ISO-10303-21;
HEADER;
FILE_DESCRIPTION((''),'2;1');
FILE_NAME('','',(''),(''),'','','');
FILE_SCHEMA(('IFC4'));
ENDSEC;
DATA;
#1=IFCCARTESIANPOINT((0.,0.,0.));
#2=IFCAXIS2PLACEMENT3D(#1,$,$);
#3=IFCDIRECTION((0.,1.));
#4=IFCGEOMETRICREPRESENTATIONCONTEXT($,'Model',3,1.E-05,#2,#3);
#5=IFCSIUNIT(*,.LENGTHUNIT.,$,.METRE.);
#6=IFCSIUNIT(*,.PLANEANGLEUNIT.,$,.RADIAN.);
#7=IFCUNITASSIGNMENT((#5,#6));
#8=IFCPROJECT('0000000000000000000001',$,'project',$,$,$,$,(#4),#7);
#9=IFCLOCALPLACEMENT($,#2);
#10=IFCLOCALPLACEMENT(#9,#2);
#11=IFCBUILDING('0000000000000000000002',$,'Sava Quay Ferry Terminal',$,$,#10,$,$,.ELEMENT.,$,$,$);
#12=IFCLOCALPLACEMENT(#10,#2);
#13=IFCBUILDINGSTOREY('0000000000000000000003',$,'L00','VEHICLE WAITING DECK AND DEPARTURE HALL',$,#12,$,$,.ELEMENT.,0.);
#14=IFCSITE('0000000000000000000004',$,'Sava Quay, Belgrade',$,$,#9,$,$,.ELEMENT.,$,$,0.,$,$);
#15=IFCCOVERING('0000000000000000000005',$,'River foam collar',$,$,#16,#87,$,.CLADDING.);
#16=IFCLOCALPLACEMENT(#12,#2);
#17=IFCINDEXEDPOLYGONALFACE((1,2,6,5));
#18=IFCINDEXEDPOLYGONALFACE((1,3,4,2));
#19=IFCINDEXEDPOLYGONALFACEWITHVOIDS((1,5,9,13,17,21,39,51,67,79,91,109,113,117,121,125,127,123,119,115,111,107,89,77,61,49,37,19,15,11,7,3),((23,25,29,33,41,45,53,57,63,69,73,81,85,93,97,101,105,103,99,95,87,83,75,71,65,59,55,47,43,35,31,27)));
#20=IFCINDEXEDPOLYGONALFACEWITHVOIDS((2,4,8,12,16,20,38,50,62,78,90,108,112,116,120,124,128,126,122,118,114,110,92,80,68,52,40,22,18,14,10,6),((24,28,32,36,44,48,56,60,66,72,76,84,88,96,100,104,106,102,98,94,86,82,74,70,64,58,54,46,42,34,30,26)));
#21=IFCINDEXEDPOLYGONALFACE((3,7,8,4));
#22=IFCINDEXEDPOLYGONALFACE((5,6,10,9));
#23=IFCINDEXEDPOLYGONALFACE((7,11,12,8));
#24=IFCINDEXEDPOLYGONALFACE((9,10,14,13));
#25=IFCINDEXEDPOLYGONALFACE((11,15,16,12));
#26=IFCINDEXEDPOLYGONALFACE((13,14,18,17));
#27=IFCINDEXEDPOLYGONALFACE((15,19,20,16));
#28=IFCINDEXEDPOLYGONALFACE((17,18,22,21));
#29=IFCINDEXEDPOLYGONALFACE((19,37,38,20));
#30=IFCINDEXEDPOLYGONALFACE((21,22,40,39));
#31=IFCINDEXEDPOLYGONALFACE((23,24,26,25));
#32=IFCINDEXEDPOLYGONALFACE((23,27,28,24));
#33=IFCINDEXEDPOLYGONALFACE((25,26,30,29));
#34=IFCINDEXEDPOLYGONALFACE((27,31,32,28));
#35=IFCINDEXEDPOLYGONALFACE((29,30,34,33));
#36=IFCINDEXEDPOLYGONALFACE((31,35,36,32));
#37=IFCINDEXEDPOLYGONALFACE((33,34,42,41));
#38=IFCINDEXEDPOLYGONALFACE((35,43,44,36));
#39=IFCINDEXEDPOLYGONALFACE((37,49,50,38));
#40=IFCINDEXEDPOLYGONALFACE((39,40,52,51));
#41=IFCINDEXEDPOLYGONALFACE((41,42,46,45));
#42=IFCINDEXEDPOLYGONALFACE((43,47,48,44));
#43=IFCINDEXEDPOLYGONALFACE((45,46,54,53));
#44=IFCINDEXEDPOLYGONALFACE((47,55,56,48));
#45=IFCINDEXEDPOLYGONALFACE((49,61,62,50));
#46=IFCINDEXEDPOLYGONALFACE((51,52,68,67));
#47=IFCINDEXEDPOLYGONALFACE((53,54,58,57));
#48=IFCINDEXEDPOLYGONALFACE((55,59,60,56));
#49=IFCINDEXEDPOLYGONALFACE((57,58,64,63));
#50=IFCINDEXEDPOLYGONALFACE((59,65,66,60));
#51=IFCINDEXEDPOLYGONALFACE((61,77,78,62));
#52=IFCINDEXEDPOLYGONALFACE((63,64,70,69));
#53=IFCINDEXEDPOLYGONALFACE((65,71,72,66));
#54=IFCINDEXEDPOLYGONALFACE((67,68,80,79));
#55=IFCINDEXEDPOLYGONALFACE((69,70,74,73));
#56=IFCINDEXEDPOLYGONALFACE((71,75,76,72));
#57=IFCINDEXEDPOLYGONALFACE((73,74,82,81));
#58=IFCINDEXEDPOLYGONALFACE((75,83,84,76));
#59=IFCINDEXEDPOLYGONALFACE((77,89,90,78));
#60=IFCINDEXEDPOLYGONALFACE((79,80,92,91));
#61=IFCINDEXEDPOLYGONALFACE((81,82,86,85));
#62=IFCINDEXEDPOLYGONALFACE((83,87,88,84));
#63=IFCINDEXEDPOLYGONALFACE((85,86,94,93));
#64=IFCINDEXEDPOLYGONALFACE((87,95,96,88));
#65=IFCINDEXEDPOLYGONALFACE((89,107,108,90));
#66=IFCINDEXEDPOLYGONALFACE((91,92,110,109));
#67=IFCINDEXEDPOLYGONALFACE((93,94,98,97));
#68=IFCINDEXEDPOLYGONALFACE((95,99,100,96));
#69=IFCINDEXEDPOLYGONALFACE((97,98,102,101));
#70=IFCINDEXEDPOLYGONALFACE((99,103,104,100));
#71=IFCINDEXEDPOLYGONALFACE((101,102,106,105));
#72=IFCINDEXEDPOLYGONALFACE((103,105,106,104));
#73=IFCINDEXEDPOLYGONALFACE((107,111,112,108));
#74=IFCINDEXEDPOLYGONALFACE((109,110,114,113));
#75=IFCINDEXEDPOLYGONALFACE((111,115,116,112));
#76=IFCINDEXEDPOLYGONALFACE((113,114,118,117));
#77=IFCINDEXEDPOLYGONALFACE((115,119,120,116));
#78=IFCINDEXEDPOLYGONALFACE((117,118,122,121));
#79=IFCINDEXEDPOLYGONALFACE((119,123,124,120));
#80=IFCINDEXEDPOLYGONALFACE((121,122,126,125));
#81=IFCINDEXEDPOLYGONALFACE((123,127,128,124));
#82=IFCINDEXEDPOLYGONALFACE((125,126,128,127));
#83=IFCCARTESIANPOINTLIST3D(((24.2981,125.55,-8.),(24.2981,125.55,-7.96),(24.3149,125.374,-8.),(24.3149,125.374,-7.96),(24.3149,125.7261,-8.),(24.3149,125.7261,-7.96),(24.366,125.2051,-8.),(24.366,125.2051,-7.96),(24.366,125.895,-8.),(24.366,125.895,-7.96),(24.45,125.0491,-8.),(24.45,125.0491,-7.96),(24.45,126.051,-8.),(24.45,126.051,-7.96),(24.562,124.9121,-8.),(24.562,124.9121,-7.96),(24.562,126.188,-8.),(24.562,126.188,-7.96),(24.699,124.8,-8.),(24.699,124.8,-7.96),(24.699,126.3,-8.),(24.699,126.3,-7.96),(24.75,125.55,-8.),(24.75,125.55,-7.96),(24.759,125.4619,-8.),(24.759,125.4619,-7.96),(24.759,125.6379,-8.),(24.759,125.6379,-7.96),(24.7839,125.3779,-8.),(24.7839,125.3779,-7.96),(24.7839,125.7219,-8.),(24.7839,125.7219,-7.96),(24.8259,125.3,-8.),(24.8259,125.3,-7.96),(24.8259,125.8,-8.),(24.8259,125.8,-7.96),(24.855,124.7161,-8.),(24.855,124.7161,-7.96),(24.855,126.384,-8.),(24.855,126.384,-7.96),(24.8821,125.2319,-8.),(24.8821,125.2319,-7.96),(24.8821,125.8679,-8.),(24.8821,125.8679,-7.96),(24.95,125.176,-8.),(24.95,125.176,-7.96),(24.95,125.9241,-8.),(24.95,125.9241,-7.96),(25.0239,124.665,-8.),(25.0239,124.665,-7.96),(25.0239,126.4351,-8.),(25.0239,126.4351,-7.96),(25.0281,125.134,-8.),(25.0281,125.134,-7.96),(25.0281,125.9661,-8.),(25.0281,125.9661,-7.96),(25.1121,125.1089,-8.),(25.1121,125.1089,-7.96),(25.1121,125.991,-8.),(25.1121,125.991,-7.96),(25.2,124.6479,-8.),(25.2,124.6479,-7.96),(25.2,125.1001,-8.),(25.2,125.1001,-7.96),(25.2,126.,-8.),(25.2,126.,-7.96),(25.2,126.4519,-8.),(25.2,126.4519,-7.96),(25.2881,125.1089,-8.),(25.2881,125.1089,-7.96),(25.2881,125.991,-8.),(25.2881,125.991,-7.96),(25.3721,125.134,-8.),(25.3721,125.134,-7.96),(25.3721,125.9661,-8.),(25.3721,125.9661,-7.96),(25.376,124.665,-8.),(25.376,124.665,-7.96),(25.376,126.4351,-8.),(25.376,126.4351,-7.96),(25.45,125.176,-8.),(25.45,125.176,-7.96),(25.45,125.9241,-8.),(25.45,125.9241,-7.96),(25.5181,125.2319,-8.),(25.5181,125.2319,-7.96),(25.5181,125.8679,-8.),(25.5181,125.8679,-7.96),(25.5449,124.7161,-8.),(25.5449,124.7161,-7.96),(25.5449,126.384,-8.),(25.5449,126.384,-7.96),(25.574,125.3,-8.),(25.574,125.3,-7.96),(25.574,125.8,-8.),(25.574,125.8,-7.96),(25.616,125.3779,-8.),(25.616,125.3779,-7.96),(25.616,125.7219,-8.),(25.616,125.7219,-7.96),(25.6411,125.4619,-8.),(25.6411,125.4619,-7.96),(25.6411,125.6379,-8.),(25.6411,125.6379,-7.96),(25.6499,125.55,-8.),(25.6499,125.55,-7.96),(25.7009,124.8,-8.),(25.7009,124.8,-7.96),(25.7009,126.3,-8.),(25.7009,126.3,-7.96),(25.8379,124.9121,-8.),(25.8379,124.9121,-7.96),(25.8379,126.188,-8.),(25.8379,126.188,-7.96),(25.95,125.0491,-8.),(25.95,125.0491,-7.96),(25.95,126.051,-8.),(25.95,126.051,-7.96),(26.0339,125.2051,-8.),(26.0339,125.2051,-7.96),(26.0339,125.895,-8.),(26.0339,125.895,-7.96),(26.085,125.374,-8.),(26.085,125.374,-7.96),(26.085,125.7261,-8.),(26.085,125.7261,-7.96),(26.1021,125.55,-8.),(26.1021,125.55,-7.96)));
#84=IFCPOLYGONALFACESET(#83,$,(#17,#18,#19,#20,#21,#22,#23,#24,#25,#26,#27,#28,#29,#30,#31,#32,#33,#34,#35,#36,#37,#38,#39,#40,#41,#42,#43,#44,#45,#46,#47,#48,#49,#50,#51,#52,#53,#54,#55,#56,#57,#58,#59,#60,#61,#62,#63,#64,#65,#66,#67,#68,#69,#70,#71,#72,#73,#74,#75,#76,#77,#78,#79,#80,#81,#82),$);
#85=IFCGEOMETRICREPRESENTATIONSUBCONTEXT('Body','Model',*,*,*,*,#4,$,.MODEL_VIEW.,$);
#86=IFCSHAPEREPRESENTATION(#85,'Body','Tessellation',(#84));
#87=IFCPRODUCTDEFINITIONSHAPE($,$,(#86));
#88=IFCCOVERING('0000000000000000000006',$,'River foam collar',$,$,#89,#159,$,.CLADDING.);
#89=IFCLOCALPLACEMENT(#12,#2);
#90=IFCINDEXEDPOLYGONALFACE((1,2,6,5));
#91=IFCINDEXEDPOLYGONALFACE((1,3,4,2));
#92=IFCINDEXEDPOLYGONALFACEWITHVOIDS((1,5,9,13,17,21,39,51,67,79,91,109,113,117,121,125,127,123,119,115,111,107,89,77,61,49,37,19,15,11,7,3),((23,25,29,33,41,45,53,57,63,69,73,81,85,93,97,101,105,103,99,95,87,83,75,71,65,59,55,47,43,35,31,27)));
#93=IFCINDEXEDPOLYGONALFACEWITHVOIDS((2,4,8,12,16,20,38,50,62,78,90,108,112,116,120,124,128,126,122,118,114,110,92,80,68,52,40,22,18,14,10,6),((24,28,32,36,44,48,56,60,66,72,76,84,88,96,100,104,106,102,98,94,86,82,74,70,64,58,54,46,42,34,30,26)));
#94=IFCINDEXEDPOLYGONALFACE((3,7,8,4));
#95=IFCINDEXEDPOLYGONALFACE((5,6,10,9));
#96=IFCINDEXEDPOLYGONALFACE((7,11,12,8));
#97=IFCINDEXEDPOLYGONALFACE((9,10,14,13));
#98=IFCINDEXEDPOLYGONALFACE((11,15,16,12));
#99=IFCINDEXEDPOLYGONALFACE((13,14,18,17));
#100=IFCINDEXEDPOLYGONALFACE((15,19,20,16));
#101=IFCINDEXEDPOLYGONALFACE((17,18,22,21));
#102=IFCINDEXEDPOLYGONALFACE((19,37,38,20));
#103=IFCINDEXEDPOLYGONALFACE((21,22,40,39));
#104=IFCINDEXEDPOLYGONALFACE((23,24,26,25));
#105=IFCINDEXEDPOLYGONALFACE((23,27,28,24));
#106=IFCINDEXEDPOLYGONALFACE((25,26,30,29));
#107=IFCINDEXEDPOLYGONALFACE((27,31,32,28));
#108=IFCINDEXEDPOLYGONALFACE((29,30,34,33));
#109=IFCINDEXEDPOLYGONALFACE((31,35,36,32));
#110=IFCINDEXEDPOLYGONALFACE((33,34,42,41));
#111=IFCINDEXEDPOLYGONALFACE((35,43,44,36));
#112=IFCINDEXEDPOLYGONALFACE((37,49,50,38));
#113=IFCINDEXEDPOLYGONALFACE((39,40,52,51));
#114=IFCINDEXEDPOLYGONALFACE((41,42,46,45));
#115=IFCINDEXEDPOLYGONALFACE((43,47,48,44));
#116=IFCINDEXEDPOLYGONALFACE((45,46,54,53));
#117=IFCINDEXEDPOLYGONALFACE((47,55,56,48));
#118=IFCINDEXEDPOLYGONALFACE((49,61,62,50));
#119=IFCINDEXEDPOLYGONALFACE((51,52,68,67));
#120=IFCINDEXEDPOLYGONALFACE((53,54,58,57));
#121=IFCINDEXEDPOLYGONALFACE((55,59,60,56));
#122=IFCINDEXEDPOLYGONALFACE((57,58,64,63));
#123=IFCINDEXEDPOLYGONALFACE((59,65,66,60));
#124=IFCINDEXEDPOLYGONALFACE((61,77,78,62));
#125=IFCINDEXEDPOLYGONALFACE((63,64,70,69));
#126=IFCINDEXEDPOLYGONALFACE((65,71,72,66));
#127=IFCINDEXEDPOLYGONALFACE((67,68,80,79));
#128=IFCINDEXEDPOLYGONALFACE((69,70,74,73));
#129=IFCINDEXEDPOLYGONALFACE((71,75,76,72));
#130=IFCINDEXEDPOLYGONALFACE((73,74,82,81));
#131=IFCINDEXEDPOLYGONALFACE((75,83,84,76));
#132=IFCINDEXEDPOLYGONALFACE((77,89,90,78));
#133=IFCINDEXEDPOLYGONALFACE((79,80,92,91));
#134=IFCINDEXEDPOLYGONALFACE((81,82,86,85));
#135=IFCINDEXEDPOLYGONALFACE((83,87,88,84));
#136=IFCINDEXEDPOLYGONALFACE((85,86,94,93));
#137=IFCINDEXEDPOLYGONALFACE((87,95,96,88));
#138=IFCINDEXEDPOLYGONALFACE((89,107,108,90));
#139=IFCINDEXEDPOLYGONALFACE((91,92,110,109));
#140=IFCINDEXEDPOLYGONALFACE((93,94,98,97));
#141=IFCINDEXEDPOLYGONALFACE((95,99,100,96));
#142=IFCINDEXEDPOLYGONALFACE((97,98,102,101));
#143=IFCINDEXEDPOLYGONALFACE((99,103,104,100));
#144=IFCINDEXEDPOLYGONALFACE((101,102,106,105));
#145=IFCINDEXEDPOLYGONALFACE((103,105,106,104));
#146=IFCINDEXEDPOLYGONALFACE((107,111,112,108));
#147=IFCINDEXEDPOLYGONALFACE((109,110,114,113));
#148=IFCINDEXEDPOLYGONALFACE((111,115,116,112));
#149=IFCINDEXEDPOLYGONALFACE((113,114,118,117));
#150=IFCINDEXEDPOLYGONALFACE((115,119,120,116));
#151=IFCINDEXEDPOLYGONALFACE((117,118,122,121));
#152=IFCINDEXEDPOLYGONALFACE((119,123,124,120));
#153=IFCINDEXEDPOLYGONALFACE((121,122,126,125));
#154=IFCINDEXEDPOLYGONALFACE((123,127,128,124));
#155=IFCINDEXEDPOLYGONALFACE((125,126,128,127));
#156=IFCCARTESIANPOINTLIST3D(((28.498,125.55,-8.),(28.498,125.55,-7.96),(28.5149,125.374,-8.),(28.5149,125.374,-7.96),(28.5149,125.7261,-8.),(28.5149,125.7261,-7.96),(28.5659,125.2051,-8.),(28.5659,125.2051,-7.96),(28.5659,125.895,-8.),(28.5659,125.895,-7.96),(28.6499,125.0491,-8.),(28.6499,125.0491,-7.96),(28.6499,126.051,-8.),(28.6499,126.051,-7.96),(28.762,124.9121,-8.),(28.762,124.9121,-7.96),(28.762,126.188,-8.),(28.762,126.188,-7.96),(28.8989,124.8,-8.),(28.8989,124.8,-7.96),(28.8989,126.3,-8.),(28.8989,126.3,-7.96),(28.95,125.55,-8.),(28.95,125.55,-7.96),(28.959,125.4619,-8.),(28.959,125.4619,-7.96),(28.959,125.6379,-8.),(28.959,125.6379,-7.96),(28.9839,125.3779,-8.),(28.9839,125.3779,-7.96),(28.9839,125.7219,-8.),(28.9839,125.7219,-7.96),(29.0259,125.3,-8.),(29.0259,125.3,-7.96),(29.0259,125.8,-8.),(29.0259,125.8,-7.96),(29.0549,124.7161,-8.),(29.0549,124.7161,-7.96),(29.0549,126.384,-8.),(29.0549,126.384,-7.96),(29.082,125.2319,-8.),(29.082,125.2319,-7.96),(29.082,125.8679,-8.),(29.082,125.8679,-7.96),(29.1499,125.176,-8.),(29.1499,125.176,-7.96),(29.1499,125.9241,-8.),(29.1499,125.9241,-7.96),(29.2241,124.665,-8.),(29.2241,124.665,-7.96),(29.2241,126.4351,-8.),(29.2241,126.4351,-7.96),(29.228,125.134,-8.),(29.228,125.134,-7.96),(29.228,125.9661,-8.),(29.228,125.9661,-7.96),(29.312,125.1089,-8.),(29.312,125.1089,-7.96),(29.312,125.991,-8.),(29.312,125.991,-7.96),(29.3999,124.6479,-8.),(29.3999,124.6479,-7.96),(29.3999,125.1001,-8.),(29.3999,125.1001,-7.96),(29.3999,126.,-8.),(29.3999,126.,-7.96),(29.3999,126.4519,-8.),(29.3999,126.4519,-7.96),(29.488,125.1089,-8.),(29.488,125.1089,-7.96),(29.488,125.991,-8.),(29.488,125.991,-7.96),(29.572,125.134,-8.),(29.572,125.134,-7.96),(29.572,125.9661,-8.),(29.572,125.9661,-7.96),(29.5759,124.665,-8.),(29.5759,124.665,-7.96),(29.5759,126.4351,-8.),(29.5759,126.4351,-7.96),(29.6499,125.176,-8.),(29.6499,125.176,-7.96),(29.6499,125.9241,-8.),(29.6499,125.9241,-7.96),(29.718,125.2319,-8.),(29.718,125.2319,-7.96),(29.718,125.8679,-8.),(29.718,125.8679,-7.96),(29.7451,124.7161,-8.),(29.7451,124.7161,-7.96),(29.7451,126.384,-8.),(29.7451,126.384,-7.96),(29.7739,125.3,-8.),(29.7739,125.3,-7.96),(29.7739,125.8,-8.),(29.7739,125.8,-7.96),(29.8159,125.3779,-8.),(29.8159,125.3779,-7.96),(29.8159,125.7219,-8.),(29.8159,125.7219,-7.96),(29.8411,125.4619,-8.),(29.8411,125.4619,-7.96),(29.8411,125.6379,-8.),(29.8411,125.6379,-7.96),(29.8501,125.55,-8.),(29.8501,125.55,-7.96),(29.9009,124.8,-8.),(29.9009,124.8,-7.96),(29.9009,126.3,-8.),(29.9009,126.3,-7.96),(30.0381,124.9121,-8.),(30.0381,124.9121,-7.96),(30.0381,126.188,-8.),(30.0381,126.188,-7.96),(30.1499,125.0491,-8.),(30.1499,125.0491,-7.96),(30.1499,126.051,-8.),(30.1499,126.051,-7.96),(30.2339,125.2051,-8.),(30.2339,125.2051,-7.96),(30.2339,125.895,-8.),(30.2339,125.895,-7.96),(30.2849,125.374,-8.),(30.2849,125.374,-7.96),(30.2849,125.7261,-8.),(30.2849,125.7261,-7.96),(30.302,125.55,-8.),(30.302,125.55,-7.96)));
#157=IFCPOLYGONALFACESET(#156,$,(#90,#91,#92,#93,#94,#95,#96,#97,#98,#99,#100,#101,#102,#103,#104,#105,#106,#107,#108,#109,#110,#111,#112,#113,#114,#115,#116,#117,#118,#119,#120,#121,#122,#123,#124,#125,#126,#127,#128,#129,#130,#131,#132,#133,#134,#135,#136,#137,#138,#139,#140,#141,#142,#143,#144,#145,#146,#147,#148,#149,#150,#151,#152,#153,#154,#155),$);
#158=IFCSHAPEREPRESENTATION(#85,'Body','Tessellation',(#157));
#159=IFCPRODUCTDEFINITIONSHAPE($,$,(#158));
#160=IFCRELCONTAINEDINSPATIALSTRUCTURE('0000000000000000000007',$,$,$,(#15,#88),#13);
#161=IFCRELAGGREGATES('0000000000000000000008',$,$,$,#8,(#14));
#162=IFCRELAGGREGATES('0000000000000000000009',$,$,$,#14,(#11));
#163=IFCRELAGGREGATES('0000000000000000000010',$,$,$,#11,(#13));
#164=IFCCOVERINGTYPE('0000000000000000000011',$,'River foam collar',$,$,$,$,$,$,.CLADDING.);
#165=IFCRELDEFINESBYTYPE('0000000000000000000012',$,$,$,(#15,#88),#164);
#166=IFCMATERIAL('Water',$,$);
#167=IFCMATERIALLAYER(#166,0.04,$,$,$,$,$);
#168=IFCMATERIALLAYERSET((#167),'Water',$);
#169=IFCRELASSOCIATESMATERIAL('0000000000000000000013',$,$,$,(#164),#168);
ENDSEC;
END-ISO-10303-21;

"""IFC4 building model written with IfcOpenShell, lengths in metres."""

from ifc_helpers import new_model, si_unit, direction, frame, origin, place, context, subcontext, project, spatial, polyline, outline, extrude, material, layer, layer_set, type_object, element, save


model = new_model("IFC4")

# Units and contexts
model_context = context("Model", 3, precision=1e-05, world=origin(), true_north=direction((0.0, 1.0)))
body_context = subcontext(model_context, "Body", "Model", "MODEL_VIEW")
ifc_project = project(units=[si_unit("LENGTHUNIT", "METRE"), si_unit("PLANEANGLEUNIT", "RADIAN")], contexts=[model_context])

# Site, building, storey
site_placement = place(None, origin())
site = spatial("IfcSite", under=ifc_project, at=site_placement, Name="Sava Quay, Belgrade", CompositionType="ELEMENT", RefElevation=0.0)
building_placement = place(site_placement, origin())
building = spatial("IfcBuilding", under=site, at=building_placement, Name="Sava Quay Ferry Terminal", CompositionType="ELEMENT")
storey_placement = place(building_placement, origin())
storey = spatial("IfcBuildingStorey", under=building, at=storey_placement, Name="L00", Description="VEHICLE WAITING DECK AND DEPARTURE HALL", CompositionType="ELEMENT", Elevation=0.0)

# Coverings
ifc_material = material(Name="Water")
ifc_layer = layer(ifc_material, 0.04)
ifc_layer_set = layer_set([ifc_layer], Name="Water")
covering_type = type_object("IfcCoveringType", Name="River foam collar", PredefinedType="CLADDING", material=ifc_layer_set)
covering_1_placement = place(storey_placement, frame((0.0, 0.0, -8.0)))
element("IfcCovering", 1, at=covering_1_placement, inside=storey, type_object=covering_type, Name="River foam collar", PredefinedType="CLADDING", context=body_context, shape_type="SweptSolid", body=[
    extrude(outline(polyline([(25.376, 124.665), (25.5449, 124.7161), (25.7009, 124.8), (25.8379, 124.9121), (25.95, 125.0491), (26.0339, 125.2051), (26.085, 125.374), (26.1021, 125.55), (26.085, 125.7261), (26.0339, 125.895), (25.95, 126.051), (25.8379, 126.188), (25.7009, 126.3), (25.5449, 126.384), (25.376, 126.4351), (25.2, 126.4519), (25.0239, 126.4351), (24.855, 126.384), (24.699, 126.3), (24.562, 126.188), (24.45, 126.051), (24.366, 125.895), (24.3149, 125.7261), (24.2981, 125.55), (24.3149, 125.374), (24.366, 125.2051), (24.45, 125.0491), (24.562, 124.9121), (24.699, 124.8), (24.855, 124.7161), (25.0239, 124.665), (25.2, 124.6479), (25.376, 124.665)]), holes=[polyline([(25.2881, 125.991), (25.3721, 125.9661), (25.45, 125.9241), (25.5181, 125.8679), (25.574, 125.8), (25.616, 125.7219), (25.6411, 125.6379), (25.6499, 125.55), (25.6411, 125.4619), (25.616, 125.3779), (25.574, 125.3), (25.5181, 125.2319), (25.45, 125.176), (25.3721, 125.134), (25.2881, 125.1089), (25.2, 125.1001), (25.1121, 125.1089), (25.0281, 125.134), (24.95, 125.176), (24.8821, 125.2319), (24.8259, 125.3), (24.7839, 125.3779), (24.759, 125.4619), (24.75, 125.55), (24.759, 125.6379), (24.7839, 125.7219), (24.8259, 125.8), (24.8821, 125.8679), (24.95, 125.9241), (25.0281, 125.9661), (25.1121, 125.991), (25.2, 126.0), (25.2881, 125.991)])]), origin(), (0.0, 0.0, 1.0), 0.04),
])
covering_2_placement = place(storey_placement, frame((0.0, 0.0, -8.0)))
element("IfcCovering", 2, at=covering_2_placement, inside=storey, type_object=covering_type, Name="River foam collar", PredefinedType="CLADDING", context=body_context, shape_type="SweptSolid", body=[
    extrude(outline(polyline([(29.3999, 124.6479), (29.5759, 124.665), (29.7451, 124.7161), (29.9009, 124.8), (30.0381, 124.9121), (30.1499, 125.0491), (30.2339, 125.2051), (30.2849, 125.374), (30.302, 125.55), (30.2849, 125.7261), (30.2339, 125.895), (30.1499, 126.051), (30.0381, 126.188), (29.9009, 126.3), (29.7451, 126.384), (29.5759, 126.4351), (29.3999, 126.4519), (29.2241, 126.4351), (29.0549, 126.384), (28.8989, 126.3), (28.762, 126.188), (28.6499, 126.051), (28.5659, 125.895), (28.5149, 125.7261), (28.498, 125.55), (28.5149, 125.374), (28.5659, 125.2051), (28.6499, 125.0491), (28.762, 124.9121), (28.8989, 124.8), (29.0549, 124.7161), (29.2241, 124.665), (29.3999, 124.6479)]), holes=[polyline([(29.3999, 126.0), (29.488, 125.991), (29.572, 125.9661), (29.6499, 125.9241), (29.718, 125.8679), (29.7739, 125.8), (29.8159, 125.7219), (29.8411, 125.6379), (29.8501, 125.55), (29.8411, 125.4619), (29.8159, 125.3779), (29.7739, 125.3), (29.718, 125.2319), (29.6499, 125.176), (29.572, 125.134), (29.488, 125.1089), (29.3999, 125.1001), (29.312, 125.1089), (29.228, 125.134), (29.1499, 125.176), (29.082, 125.2319), (29.0259, 125.3), (28.9839, 125.3779), (28.959, 125.4619), (28.95, 125.55), (28.959, 125.6379), (28.9839, 125.7219), (29.0259, 125.8), (29.082, 125.8679), (29.1499, 125.9241), (29.228, 125.9661), (29.312, 125.991), (29.3999, 126.0)])]), origin(), (0.0, 0.0, 1.0), 0.04),
])

save(model, "model.ifc")
